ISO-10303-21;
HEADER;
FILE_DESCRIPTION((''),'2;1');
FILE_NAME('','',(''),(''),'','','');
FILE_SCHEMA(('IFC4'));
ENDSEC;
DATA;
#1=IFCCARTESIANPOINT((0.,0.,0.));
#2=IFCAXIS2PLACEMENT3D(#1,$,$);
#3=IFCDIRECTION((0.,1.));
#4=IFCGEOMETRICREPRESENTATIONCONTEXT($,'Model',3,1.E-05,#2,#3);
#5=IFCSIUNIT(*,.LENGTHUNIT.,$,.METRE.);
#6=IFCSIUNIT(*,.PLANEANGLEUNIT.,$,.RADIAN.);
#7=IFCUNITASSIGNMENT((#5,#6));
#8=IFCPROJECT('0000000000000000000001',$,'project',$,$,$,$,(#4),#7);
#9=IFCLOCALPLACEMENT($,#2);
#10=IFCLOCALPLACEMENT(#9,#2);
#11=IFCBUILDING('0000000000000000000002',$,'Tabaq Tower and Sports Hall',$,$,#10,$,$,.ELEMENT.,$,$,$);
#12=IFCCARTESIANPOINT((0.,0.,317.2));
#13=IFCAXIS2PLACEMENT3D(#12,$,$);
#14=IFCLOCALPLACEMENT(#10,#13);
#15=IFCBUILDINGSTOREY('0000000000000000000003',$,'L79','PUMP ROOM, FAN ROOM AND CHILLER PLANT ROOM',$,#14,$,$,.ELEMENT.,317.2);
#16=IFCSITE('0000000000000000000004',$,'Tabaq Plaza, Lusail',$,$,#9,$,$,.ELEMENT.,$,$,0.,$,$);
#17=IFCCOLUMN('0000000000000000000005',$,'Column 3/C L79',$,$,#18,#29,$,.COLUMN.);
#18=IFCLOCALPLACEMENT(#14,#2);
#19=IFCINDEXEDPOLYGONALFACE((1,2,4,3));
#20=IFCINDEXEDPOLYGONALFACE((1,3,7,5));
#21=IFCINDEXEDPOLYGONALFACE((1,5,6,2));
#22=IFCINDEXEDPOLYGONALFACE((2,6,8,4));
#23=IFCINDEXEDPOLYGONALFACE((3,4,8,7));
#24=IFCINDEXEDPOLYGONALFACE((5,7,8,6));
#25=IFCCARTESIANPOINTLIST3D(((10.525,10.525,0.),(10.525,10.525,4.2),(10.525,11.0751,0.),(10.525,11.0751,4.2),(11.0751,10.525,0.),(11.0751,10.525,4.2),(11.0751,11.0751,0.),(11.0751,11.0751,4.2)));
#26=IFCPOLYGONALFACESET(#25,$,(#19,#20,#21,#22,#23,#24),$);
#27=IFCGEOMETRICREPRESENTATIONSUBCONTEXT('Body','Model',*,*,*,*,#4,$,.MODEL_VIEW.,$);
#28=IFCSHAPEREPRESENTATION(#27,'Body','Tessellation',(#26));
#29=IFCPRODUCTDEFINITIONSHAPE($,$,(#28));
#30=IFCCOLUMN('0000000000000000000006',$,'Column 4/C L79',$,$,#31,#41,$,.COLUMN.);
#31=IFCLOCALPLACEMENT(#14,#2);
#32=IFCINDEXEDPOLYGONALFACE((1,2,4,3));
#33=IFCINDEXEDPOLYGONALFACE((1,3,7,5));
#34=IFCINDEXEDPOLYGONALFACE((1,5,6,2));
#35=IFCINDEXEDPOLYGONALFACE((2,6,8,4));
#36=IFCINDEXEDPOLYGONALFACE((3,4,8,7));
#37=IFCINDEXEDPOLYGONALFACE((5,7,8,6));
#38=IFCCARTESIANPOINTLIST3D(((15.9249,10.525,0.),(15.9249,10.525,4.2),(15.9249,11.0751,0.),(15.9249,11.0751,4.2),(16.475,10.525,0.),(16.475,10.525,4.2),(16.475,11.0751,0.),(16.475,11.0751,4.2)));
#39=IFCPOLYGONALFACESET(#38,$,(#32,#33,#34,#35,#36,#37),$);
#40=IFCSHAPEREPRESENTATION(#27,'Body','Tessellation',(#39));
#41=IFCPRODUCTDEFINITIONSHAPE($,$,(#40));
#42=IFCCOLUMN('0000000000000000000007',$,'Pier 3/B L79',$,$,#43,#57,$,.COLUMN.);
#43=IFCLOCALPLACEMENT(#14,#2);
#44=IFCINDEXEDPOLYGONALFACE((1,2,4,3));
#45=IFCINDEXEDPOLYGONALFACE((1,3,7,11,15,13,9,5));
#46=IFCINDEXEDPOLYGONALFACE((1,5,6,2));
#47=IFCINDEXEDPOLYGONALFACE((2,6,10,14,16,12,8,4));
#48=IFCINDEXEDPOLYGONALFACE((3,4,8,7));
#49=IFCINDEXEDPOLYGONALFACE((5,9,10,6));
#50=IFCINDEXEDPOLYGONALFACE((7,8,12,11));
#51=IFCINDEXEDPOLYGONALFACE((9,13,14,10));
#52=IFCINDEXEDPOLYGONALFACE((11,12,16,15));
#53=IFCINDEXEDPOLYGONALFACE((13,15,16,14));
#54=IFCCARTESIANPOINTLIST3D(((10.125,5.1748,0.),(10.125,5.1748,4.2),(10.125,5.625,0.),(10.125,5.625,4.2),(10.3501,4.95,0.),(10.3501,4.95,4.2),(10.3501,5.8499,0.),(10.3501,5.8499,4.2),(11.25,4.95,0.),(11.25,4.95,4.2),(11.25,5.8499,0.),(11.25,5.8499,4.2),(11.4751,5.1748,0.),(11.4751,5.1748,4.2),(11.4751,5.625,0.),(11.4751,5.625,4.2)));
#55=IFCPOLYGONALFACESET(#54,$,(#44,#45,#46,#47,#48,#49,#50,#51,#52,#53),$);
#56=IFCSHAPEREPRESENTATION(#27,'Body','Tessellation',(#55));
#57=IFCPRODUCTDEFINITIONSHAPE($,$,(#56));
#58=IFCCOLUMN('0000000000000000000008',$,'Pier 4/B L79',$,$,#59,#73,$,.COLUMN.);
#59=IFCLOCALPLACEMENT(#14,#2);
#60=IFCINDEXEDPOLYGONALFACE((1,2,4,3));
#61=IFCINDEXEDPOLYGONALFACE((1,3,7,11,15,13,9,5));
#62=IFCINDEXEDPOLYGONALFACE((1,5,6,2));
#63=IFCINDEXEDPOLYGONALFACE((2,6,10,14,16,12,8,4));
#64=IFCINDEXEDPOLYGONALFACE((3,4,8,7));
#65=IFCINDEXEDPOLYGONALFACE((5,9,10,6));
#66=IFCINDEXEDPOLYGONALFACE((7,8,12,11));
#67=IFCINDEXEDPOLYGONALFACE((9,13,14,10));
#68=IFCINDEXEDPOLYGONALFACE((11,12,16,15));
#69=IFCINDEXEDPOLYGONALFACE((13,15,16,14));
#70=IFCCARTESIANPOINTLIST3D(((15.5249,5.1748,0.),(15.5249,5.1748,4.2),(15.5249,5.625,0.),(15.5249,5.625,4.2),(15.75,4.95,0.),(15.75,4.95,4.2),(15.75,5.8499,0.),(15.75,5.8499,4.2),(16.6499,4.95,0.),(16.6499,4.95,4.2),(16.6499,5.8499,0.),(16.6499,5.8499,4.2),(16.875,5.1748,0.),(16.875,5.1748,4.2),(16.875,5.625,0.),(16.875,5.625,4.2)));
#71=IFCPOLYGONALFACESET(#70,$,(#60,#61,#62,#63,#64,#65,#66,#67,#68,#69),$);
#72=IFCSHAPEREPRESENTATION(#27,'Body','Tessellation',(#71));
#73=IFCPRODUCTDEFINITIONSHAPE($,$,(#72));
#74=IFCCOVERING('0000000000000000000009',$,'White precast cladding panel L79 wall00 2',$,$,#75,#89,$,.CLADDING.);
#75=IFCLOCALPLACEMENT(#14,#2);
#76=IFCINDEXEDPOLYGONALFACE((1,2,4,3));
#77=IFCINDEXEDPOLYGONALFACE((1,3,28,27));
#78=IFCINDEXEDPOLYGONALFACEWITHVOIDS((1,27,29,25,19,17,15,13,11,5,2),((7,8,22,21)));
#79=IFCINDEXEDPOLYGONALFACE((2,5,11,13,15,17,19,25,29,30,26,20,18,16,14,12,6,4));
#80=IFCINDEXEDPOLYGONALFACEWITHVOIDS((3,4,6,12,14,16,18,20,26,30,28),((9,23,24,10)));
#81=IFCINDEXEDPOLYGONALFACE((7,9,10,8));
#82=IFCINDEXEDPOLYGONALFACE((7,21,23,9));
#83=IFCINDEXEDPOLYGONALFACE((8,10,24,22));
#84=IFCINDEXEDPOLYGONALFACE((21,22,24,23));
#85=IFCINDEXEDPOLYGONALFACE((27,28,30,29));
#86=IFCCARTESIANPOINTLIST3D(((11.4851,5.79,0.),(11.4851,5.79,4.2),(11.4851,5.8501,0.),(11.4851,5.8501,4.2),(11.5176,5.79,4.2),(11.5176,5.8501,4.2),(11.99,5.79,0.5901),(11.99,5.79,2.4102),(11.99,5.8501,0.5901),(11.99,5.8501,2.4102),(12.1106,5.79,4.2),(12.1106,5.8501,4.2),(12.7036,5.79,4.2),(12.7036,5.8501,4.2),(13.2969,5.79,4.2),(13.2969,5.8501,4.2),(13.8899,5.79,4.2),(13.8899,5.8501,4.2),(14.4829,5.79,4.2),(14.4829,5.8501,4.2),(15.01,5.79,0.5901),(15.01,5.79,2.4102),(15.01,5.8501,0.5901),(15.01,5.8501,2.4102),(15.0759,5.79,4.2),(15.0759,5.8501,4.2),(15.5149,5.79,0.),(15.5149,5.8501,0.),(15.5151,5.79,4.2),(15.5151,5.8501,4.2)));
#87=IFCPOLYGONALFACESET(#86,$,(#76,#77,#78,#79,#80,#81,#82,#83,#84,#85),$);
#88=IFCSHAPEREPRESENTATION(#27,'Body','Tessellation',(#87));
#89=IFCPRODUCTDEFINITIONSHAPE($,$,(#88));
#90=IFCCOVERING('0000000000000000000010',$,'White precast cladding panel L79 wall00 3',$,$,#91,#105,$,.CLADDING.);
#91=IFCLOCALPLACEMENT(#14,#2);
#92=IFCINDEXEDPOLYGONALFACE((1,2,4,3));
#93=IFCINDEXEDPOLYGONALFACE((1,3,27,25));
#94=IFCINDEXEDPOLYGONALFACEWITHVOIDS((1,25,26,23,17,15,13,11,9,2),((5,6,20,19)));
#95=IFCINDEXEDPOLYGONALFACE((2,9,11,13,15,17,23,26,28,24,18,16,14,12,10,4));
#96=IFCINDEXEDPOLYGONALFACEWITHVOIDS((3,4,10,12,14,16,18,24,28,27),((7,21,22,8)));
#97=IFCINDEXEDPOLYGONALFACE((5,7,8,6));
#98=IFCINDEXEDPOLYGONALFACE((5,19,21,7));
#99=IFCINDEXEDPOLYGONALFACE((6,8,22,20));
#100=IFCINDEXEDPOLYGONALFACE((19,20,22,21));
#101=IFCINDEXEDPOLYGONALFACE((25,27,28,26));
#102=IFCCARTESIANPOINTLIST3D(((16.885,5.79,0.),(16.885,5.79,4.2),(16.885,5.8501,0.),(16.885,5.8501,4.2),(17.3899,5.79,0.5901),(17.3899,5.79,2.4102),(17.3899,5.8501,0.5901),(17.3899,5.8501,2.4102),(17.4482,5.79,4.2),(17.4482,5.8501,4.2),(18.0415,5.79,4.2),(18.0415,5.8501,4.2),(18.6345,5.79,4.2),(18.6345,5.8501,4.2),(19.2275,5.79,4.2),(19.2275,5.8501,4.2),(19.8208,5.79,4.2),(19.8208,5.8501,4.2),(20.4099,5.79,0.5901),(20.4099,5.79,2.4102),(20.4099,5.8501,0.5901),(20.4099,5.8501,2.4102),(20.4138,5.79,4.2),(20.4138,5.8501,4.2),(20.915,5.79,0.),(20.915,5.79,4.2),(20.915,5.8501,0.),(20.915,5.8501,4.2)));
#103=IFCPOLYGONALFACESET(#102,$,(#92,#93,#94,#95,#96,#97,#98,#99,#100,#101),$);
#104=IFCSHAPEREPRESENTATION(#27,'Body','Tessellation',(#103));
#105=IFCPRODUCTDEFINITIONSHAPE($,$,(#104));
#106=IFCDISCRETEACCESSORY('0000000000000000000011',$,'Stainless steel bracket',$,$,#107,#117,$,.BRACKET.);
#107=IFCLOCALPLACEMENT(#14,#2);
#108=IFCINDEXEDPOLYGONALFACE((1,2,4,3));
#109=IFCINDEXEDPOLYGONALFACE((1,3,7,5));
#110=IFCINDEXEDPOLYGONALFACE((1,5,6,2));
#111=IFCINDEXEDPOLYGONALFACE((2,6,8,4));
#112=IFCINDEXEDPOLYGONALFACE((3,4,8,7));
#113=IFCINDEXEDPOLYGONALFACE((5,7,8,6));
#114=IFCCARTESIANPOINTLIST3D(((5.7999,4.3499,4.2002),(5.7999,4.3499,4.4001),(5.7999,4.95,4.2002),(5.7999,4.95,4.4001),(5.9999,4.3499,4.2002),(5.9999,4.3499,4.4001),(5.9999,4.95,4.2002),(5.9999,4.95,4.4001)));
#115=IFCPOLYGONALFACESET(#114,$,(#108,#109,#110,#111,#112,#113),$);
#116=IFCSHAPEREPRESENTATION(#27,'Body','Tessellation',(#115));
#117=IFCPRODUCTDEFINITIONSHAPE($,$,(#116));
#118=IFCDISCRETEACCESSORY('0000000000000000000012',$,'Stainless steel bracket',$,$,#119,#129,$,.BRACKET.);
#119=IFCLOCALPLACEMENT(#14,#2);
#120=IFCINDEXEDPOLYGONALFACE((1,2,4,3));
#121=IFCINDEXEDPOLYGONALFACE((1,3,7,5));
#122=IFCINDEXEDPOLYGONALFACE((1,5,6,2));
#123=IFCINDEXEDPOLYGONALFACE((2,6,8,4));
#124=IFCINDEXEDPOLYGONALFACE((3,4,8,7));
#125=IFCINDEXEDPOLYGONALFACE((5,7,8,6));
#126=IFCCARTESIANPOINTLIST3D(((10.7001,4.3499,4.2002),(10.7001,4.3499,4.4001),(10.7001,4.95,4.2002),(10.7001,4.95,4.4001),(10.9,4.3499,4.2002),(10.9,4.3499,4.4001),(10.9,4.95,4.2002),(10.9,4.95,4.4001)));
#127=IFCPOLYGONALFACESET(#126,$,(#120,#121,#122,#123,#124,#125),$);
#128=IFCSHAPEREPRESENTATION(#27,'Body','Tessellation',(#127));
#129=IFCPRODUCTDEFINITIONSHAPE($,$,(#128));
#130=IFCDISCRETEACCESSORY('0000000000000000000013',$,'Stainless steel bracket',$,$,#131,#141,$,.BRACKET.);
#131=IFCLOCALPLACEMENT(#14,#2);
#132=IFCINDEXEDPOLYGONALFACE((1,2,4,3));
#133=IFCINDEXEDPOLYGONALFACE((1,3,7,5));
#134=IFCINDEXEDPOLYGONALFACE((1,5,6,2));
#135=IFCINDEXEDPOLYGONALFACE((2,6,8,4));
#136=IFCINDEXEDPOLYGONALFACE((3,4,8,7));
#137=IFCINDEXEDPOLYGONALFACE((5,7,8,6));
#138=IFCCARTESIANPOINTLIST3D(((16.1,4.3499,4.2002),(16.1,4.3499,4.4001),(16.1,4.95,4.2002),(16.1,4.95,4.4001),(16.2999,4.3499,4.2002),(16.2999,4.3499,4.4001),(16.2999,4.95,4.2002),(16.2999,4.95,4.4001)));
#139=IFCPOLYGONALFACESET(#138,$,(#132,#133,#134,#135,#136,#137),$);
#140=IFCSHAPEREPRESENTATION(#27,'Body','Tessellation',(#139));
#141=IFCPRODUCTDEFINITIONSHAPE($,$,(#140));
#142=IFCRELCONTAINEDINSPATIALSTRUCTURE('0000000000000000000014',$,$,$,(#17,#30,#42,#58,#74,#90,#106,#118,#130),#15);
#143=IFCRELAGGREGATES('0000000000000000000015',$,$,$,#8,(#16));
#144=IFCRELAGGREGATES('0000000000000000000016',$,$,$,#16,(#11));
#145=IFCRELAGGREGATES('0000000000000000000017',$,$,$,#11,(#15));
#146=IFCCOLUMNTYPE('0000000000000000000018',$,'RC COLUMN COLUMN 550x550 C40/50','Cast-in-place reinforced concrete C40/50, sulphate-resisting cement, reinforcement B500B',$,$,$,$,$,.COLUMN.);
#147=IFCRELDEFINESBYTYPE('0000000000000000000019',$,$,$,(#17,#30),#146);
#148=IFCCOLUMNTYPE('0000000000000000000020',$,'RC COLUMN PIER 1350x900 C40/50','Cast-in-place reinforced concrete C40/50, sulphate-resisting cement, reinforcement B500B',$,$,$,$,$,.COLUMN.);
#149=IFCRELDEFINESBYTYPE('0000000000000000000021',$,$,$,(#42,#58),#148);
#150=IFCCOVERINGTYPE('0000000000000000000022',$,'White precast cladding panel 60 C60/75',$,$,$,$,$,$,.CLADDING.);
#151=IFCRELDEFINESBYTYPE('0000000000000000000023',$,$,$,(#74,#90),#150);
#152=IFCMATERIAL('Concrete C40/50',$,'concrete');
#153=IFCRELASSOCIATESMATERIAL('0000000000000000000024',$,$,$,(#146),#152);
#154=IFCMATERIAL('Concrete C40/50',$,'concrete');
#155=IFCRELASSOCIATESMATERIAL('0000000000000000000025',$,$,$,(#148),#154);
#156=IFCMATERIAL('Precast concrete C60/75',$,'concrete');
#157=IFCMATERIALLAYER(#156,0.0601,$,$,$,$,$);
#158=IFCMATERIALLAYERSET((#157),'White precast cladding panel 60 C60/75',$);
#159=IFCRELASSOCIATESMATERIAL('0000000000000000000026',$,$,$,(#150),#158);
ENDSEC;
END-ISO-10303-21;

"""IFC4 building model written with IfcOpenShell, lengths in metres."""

from ifc_helpers import new_model, si_unit, direction, frame, origin, origin_2d, place, context, subcontext, project, spatial, polyline, rectangle, outline, extrude, material, layer, layer_set, material_profile, profile_set, type_object, element, save


model = new_model("IFC4")

# Units and contexts
model_context = context("Model", 3, precision=1e-05, world=origin(), true_north=direction((0.0, 1.0)))
body_context = subcontext(model_context, "Body", "Model", "MODEL_VIEW")
ifc_project = project(units=[si_unit("LENGTHUNIT", "METRE"), si_unit("PLANEANGLEUNIT", "RADIAN")], contexts=[model_context])

# Site, building, storey
site_placement = place(None, origin())
site = spatial("IfcSite", under=ifc_project, at=site_placement, Name="Tabaq Plaza, Lusail", CompositionType="ELEMENT", RefElevation=0.0)
building_placement = place(site_placement, origin())
building = spatial("IfcBuilding", under=site, at=building_placement, Name="Tabaq Tower and Sports Hall", CompositionType="ELEMENT")
storey_placement = place(building_placement, frame((0.0, 0.0, 317.2)))
storey = spatial("IfcBuildingStorey", under=building, at=storey_placement, Name="L79", Description="PUMP ROOM, FAN ROOM AND CHILLER PLANT ROOM", CompositionType="ELEMENT", Elevation=317.2)

# Columns
ifc_material_1 = material(Name="Concrete C40/50", Category="concrete")
ifc_material_profile_1 = material_profile(ifc_material_1, rectangle(XDim=0.55, YDim=0.55, at=origin_2d()), Name="COLUMN 550x550")
ifc_profile_set_1 = profile_set([ifc_material_profile_1], Name="Concrete C40/50")
column_type_1 = type_object("IfcColumnType", Name="RC COLUMN COLUMN 550x550 C40/50", Description="Cast-in-place reinforced concrete C40/50, sulphate-resisting cement, reinforcement B500B", PredefinedType="COLUMN", material=ifc_profile_set_1)
for number, where, z_axis, x_axis, name in (
    (1, (10.8, 10.8, 0.0), (0.0, 0.0, 1.0), (1.0, 0.0, 0.0), "Column 3/C L79"),
    (2, (16.2, 10.8, 0.0), (0.0, 0.0, 1.0), (1.0, 0.0, 0.0), "Column 4/C L79"),
):
    element("IfcColumn", number, at=place(storey_placement, frame(where, z_axis=z_axis, x_axis=x_axis)), inside=storey, type_object=column_type_1, Name=name, PredefinedType="COLUMN", context=body_context, shape_type="SweptSolid", body=[
        extrude(rectangle(XDim=0.55, YDim=0.55, at=origin_2d()), origin(), (0.0, 0.0, 1.0), 4.2),
    ])
ifc_material_2 = material(Name="Concrete C40/50", Category="concrete")
ifc_material_profile_2 = material_profile(ifc_material_2, outline(polyline([(-0.45, -0.45), (0.45, -0.45), (0.675, -0.2251), (0.675, 0.2251), (0.45, 0.45), (-0.45, 0.45), (-0.675, 0.2251), (-0.675, -0.2251), (-0.45, -0.45)])), Name="PIER 1350x900")
ifc_profile_set_2 = profile_set([ifc_material_profile_2], Name="Concrete C40/50")
column_type_2 = type_object("IfcColumnType", Name="RC COLUMN PIER 1350x900 C40/50", Description="Cast-in-place reinforced concrete C40/50, sulphate-resisting cement, reinforcement B500B", PredefinedType="COLUMN", material=ifc_profile_set_2)
for number, where, z_axis, x_axis, name in (
    (3, (10.8, 5.3999, 0.0), (0.0, 0.0, 1.0), (1.0, 0.0, 0.0), "Pier 3/B L79"),
    (4, (16.2, 5.3999, 0.0), (0.0, 0.0, 1.0), (1.0, 0.0, 0.0), "Pier 4/B L79"),
):
    element("IfcColumn", number, at=place(storey_placement, frame(where, z_axis=z_axis, x_axis=x_axis)), inside=storey, type_object=column_type_2, Name=name, PredefinedType="COLUMN", context=body_context, shape_type="SweptSolid", body=[
        extrude(outline(polyline([(-0.45, -0.45), (0.45, -0.45), (0.675, -0.2251), (0.675, 0.2251), (0.45, 0.45), (-0.45, 0.45), (-0.675, 0.2251), (-0.675, -0.2251), (-0.45, -0.45)])), origin(), (0.0, 0.0, 1.0), 4.2),
    ])

# Coverings
ifc_material_3 = material(Name="Precast concrete C60/75", Category="concrete")
ifc_layer = layer(ifc_material_3, 0.0601)
ifc_layer_set = layer_set([ifc_layer], Name="White precast cladding panel 60 C60/75")
covering_type = type_object("IfcCoveringType", Name="White precast cladding panel 60 C60/75", PredefinedType="CLADDING", material=ifc_layer_set)
covering_1_placement = place(storey_placement, frame((11.4851, 5.8201, 0.0), z_axis=(0.0, 0.0, 1.0), x_axis=(1.0, 0.0, 0.0)))
element("IfcCovering", 5, at=covering_1_placement, inside=storey, type_object=covering_type, Name="White precast cladding panel L79 wall00 2", PredefinedType="CLADDING", context=body_context, shape_type="SweptSolid", body=[
    extrude(outline(polyline([(0.0, 0.0), (4.0298, 0.0), (4.03, 4.2), (3.5908, 4.2), (2.9978, 4.2), (2.4048, 4.2), (1.8118, 4.2), (1.2185, 4.2), (0.6255, 4.2), (0.0325, 4.2), (0.0, 4.2), (0.0, 0.0)]), holes=[polyline([(0.5049, 0.5901), (0.5049, 2.4102), (3.5249, 2.4102), (3.5249, 0.5901), (0.5049, 0.5901)])]), frame((0.0, 0.03, 0.0), z_axis=(0.0, -1.0, 0.0), x_axis=(1.0, 0.0, 0.0)), (0.0, 0.0, 1.0), 0.0601),
])
covering_2_placement = place(storey_placement, frame((16.885, 5.8201, 0.0), z_axis=(0.0, 0.0, 1.0), x_axis=(1.0, 0.0, 0.0)))
element("IfcCovering", 6, at=covering_2_placement, inside=storey, type_object=covering_type, Name="White precast cladding panel L79 wall00 3", PredefinedType="CLADDING", context=body_context, shape_type="SweptSolid", body=[
    extrude(outline(polyline([(0.0, 0.0), (4.03, 0.0), (4.03, 4.2), (3.5288, 4.2), (2.9358, 4.2), (2.3425, 4.2), (1.7495, 4.2), (1.1565, 4.2), (0.5632, 4.2), (0.0, 4.2), (0.0, 0.0)]), holes=[polyline([(0.5049, 0.5901), (0.5049, 2.4102), (3.5249, 2.4102), (3.5249, 0.5901), (0.5049, 0.5901)])]), frame((0.0, 0.03, 0.0), z_axis=(0.0, -1.0, 0.0), x_axis=(1.0, 0.0, 0.0)), (0.0, 0.0, 1.0), 0.0601),
])

# Discrete accessories
for number, where, z_axis, x_axis, name in (
    (7, (5.8999, 4.6499, 4.2002), (0.0, 0.0, 1.0), (0.0, -1.0, 0.0), "Stainless steel bracket"),
    (8, (10.8, 4.6499, 4.2002), (0.0, 0.0, 1.0), (0.0, -1.0, 0.0), "Stainless steel bracket"),
    (9, (16.2, 4.6499, 4.2002), (0.0, 0.0, 1.0), (0.0, -1.0, 0.0), "Stainless steel bracket"),
):
    element("IfcDiscreteAccessory", number, at=place(storey_placement, frame(where, z_axis=z_axis, x_axis=x_axis)), inside=storey, Name=name, PredefinedType="BRACKET", context=body_context, shape_type="SweptSolid", body=[
        extrude(rectangle(XDim=0.6001, YDim=0.2, at=origin_2d()), origin(), (0.0, 0.0, 1.0), 0.2),
    ])

save(model, "model.ifc")
